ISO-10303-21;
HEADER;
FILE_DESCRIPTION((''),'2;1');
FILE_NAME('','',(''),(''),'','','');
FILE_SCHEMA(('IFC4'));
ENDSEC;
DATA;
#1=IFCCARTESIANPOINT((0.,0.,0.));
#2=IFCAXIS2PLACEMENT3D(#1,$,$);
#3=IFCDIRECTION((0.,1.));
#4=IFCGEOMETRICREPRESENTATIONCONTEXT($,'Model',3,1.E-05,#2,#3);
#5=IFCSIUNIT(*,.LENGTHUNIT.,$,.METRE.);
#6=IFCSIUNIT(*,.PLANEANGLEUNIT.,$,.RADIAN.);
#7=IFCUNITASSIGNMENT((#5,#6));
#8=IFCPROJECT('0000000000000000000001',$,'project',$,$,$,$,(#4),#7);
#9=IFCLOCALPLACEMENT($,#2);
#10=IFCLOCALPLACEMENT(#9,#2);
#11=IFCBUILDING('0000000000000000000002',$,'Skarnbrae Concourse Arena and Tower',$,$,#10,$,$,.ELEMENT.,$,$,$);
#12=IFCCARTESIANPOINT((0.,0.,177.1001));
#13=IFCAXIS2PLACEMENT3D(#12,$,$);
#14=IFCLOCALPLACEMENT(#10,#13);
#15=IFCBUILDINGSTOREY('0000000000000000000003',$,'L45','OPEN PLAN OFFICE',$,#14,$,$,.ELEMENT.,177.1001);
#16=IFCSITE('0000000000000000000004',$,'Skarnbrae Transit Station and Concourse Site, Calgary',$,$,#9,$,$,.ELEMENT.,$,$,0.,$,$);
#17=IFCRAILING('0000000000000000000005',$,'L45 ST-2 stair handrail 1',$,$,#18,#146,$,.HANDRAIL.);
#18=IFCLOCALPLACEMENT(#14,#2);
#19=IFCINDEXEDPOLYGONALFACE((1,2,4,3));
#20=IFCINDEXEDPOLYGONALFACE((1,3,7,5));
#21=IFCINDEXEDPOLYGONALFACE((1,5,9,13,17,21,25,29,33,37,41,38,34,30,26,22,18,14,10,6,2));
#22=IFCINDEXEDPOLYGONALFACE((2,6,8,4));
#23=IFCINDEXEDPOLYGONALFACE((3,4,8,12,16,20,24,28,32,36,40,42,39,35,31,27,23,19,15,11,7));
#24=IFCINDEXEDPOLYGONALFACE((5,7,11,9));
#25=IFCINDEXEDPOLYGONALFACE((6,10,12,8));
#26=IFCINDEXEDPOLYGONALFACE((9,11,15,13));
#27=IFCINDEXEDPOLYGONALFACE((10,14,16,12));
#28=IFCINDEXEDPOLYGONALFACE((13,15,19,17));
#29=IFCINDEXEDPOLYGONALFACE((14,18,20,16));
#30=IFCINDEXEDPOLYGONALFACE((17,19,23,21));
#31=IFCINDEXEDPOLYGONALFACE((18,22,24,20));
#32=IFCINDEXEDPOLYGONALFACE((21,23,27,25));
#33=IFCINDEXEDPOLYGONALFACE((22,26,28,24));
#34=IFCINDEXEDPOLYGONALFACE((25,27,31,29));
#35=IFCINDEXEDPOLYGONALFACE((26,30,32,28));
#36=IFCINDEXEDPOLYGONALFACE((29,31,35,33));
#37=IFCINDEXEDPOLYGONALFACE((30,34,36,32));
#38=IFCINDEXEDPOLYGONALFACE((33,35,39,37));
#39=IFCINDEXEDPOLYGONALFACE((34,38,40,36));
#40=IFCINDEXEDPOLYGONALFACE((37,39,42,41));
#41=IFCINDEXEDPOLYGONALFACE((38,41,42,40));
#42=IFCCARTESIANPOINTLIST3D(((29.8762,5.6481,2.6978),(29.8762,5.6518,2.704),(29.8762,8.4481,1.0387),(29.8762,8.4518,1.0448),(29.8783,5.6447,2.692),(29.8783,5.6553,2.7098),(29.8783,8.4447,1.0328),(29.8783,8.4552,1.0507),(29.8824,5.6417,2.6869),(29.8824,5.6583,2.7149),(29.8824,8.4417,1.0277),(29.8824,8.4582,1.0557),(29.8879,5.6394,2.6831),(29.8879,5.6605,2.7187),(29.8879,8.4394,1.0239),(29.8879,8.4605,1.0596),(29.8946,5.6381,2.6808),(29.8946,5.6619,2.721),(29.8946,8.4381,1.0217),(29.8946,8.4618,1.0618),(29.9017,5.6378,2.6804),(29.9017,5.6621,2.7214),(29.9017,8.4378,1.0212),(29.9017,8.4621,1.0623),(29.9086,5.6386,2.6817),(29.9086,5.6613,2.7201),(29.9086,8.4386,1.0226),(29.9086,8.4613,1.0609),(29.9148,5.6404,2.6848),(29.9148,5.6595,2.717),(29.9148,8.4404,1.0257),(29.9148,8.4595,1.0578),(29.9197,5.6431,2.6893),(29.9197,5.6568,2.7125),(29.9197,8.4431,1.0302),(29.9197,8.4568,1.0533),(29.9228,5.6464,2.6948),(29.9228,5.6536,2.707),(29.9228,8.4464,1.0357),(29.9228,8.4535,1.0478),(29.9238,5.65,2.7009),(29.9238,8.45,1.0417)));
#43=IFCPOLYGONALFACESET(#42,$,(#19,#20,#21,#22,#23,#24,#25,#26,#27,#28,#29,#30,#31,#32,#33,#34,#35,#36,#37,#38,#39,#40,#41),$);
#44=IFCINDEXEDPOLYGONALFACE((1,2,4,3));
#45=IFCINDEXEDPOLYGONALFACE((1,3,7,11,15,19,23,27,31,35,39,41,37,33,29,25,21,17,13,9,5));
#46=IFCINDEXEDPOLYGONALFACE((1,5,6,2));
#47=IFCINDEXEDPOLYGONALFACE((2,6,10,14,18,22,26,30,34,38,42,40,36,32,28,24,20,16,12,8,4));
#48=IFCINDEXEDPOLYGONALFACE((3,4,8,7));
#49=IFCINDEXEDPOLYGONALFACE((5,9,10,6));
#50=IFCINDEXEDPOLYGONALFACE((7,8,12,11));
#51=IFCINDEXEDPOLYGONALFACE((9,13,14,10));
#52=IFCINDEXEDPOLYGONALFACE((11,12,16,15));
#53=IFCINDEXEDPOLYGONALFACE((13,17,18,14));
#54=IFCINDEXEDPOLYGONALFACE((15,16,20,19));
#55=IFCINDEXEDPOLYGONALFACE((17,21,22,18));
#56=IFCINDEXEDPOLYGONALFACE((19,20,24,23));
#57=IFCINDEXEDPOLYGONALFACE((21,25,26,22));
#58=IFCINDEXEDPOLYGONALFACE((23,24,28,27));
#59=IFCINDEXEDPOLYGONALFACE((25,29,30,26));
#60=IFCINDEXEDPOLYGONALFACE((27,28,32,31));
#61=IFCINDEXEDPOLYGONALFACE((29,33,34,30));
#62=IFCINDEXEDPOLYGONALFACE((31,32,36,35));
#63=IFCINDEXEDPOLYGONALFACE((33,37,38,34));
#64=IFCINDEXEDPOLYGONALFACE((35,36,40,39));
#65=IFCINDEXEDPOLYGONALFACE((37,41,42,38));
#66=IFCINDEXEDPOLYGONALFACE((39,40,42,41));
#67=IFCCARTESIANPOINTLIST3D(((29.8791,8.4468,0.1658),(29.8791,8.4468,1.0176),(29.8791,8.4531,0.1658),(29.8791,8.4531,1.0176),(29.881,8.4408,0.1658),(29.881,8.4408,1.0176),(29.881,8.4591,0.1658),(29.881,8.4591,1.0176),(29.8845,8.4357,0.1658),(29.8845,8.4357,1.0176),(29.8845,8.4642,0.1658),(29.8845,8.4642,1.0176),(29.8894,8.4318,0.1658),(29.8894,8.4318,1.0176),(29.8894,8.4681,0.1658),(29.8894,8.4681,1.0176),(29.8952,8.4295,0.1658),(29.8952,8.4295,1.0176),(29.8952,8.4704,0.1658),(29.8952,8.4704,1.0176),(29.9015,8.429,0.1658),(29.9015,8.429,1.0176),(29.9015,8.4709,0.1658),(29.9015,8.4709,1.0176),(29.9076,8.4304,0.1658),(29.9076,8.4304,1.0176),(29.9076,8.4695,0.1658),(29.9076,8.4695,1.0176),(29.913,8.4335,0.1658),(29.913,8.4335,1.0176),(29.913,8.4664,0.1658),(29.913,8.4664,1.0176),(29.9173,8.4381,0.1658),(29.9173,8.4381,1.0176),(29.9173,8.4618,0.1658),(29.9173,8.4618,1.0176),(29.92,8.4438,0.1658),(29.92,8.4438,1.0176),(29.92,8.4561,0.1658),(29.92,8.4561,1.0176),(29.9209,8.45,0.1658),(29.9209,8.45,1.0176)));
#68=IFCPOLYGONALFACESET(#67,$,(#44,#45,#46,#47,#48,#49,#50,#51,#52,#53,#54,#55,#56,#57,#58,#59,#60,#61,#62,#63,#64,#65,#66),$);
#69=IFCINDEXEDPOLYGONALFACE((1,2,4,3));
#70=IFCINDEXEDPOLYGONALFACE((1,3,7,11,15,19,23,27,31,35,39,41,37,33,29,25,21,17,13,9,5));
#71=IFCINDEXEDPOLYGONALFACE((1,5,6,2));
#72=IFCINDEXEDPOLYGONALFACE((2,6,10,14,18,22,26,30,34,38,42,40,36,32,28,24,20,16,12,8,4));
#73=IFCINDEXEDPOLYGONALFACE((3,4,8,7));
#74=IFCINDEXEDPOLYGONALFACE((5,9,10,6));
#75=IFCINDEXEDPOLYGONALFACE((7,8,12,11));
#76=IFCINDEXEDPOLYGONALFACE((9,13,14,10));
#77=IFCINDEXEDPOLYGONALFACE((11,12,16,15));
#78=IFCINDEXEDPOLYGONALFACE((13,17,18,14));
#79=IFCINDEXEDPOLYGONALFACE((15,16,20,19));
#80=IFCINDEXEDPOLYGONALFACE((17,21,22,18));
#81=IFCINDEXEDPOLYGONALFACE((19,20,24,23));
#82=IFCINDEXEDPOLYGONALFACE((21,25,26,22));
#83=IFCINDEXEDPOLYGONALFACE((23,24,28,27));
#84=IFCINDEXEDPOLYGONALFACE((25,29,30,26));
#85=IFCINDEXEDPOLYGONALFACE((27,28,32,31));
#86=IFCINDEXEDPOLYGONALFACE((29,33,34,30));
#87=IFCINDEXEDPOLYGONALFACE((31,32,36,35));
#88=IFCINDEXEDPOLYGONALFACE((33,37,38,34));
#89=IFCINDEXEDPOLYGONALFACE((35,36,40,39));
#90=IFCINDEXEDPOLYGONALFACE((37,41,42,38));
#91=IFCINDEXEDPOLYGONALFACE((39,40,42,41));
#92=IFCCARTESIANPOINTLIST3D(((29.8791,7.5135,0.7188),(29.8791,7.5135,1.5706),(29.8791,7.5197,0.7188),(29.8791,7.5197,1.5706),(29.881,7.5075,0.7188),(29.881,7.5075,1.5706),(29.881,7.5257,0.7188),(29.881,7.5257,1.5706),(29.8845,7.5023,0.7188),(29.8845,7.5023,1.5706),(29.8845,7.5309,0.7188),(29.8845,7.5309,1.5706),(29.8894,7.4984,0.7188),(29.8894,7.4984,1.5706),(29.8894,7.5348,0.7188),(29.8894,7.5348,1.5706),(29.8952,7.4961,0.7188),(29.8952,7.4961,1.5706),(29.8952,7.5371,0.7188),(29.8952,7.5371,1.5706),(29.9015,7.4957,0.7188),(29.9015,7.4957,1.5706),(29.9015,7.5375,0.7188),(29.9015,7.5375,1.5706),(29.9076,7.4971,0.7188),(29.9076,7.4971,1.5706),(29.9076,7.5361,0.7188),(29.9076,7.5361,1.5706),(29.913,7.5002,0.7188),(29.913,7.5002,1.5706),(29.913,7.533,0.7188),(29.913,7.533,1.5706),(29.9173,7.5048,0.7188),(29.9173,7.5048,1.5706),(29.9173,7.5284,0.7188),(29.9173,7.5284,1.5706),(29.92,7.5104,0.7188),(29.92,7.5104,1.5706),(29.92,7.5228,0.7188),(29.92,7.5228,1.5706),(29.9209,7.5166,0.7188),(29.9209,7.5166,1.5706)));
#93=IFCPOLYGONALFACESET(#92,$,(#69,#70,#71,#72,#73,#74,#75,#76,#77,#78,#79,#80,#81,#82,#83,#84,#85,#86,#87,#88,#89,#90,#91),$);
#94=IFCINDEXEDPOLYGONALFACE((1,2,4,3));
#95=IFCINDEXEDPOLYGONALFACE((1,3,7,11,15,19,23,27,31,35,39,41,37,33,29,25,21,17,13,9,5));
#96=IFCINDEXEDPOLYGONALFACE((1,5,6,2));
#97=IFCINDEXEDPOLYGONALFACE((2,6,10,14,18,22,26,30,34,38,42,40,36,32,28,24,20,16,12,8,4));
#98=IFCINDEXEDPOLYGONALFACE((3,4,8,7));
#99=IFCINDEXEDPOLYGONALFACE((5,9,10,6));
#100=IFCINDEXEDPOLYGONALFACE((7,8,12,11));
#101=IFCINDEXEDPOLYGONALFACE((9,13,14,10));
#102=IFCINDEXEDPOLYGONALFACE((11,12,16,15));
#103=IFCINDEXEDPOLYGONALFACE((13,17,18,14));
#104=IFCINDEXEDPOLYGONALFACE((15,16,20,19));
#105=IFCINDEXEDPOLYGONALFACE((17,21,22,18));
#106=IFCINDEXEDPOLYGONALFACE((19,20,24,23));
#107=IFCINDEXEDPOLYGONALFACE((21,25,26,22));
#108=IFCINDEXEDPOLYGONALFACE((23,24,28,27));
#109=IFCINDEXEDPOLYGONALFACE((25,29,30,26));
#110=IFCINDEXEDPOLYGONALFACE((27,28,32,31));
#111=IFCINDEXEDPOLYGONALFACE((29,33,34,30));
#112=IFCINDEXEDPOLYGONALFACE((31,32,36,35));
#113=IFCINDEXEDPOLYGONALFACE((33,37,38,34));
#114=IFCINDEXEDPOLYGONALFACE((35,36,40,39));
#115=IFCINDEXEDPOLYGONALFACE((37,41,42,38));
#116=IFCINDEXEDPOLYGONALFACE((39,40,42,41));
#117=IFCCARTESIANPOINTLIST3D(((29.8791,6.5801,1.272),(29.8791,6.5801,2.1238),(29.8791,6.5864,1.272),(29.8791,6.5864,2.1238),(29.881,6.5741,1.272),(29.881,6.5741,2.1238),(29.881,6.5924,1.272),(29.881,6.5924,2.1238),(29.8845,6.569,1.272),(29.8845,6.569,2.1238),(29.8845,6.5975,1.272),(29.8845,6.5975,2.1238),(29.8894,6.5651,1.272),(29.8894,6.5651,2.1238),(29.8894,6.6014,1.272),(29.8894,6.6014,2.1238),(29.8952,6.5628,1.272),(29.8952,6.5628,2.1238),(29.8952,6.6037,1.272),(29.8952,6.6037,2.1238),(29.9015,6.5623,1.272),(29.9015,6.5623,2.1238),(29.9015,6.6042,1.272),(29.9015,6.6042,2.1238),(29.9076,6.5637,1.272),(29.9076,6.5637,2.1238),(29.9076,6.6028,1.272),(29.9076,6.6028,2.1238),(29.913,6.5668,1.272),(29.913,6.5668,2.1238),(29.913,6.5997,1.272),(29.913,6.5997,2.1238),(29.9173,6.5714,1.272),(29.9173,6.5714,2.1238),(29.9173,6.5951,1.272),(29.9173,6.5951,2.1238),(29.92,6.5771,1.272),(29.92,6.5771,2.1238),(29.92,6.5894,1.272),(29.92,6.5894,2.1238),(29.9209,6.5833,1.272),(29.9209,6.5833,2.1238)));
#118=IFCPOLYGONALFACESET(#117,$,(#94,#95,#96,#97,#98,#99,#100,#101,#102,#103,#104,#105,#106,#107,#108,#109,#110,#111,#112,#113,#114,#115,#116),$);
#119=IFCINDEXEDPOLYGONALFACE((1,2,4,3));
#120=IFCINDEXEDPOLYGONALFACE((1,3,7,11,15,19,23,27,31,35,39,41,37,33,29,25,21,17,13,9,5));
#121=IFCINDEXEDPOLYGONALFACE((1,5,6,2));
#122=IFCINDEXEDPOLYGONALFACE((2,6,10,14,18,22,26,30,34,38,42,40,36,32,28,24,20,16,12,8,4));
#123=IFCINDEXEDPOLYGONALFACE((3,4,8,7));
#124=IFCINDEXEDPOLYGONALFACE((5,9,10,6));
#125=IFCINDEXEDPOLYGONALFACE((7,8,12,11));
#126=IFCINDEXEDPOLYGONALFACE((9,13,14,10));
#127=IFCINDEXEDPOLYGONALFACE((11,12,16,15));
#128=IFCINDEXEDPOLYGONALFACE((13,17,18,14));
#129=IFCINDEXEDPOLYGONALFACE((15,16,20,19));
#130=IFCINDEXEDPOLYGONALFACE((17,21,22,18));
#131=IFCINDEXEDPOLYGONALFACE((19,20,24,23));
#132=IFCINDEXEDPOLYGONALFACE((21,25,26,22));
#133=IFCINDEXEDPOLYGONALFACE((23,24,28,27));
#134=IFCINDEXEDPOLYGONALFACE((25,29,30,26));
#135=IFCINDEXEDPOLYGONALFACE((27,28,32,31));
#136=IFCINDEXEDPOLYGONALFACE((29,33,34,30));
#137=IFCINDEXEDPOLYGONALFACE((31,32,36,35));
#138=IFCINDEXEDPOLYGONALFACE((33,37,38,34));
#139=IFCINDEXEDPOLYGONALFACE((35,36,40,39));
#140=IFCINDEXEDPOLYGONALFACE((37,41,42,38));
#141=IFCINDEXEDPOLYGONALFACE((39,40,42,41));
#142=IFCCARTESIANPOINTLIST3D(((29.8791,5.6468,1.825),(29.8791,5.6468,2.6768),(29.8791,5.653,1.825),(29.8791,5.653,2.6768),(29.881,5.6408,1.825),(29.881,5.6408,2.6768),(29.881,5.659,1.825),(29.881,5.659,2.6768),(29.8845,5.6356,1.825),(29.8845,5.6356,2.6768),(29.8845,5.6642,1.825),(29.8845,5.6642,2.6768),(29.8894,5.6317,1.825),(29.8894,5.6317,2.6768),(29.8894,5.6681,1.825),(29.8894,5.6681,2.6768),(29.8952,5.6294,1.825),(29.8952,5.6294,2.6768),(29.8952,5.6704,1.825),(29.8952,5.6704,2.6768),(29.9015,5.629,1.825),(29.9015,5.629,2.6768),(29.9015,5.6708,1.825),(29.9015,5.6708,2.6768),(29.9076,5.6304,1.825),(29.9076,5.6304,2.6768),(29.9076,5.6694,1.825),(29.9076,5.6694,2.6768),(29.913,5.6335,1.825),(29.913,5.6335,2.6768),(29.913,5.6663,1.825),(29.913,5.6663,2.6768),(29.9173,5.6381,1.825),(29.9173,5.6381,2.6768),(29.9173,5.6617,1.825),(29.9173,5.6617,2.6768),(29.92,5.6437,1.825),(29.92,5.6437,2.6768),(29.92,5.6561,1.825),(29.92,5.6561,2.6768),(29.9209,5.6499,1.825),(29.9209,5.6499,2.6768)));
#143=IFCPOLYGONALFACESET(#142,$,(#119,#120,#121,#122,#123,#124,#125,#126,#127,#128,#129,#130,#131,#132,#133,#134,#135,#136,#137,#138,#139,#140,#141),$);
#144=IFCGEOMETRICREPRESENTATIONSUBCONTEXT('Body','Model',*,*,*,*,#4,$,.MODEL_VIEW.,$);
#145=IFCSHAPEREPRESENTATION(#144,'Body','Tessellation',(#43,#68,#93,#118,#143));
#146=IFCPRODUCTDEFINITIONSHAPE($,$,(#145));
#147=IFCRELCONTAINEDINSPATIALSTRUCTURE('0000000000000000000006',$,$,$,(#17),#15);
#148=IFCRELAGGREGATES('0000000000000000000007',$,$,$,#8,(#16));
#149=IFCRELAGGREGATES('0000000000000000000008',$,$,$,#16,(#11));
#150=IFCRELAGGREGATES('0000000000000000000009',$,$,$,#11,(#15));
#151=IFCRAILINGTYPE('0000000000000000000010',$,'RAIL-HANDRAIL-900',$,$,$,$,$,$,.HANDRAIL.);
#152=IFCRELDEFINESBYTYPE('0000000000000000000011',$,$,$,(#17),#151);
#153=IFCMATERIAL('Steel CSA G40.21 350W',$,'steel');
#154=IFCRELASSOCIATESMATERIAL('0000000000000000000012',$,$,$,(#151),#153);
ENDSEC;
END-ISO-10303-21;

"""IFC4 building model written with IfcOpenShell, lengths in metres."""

from ifc_helpers import new_model, si_unit, direction, frame, origin, origin_2d, place, context, subcontext, project, spatial, circle, extrude, material, type_object, element, save


model = new_model("IFC4")

# Units and contexts
model_context = context("Model", 3, precision=1e-05, world=origin(), true_north=direction((0.0, 1.0)))
body_context = subcontext(model_context, "Body", "Model", "MODEL_VIEW")
ifc_project = project(units=[si_unit("LENGTHUNIT", "METRE"), si_unit("PLANEANGLEUNIT", "RADIAN")], contexts=[model_context])

# Site, building, storey
site_placement = place(None, origin())
site = spatial("IfcSite", under=ifc_project, at=site_placement, Name="Skarnbrae Transit Station and Concourse Site, Calgary", CompositionType="ELEMENT", RefElevation=0.0)
building_placement = place(site_placement, origin())
building = spatial("IfcBuilding", under=site, at=building_placement, Name="Skarnbrae Concourse Arena and Tower", CompositionType="ELEMENT")
storey_placement = place(building_placement, frame((0.0, 0.0, 177.1001)))
storey = spatial("IfcBuildingStorey", under=building, at=storey_placement, Name="L45", Description="OPEN PLAN OFFICE", CompositionType="ELEMENT", Elevation=177.1001)

# Shared definitions
ifc_material_1 = material(Name="Steel CSA G40.21 350W", Category="steel")

# Railing
railing_type_1 = type_object("IfcRailingType", Name="RAIL-HANDRAIL-900", PredefinedType="HANDRAIL", material=ifc_material_1)
railing_1_placement = place(storey_placement, frame((29.8999, 8.45, 0.1658)))
element("IfcRailing", 1, at=railing_1_placement, inside=storey, type_object=railing_type_1, Name="L45 ST-2 stair handrail 1", PredefinedType="HANDRAIL", context=body_context, shape_type="SweptSolid", body=[
    extrude(circle(Radius=0.0239, at=origin_2d()), frame((0.0, 0.0, 0.876), z_axis=(0.0, -0.860306, 0.509778), x_axis=(1.0, 0.0, 0.0)), (0.0, 0.0, 1.0), 3.2546),
    extrude(circle(Radius=0.021, at=origin_2d()), origin(), (0.0, 0.0, 1.0), 0.8518),
    extrude(circle(Radius=0.021, at=origin_2d()), frame((0.0, -0.9333, 0.553)), (0.0, 0.0, 1.0), 0.8518),
    extrude(circle(Radius=0.021, at=origin_2d()), frame((0.0, -1.8667, 1.1062)), (0.0, 0.0, 1.0), 0.8518),
    extrude(circle(Radius=0.021, at=origin_2d()), frame((0.0, -2.8, 1.6592)), (0.0, 0.0, 1.0), 0.8518),
])

save(model, "model.ifc")
